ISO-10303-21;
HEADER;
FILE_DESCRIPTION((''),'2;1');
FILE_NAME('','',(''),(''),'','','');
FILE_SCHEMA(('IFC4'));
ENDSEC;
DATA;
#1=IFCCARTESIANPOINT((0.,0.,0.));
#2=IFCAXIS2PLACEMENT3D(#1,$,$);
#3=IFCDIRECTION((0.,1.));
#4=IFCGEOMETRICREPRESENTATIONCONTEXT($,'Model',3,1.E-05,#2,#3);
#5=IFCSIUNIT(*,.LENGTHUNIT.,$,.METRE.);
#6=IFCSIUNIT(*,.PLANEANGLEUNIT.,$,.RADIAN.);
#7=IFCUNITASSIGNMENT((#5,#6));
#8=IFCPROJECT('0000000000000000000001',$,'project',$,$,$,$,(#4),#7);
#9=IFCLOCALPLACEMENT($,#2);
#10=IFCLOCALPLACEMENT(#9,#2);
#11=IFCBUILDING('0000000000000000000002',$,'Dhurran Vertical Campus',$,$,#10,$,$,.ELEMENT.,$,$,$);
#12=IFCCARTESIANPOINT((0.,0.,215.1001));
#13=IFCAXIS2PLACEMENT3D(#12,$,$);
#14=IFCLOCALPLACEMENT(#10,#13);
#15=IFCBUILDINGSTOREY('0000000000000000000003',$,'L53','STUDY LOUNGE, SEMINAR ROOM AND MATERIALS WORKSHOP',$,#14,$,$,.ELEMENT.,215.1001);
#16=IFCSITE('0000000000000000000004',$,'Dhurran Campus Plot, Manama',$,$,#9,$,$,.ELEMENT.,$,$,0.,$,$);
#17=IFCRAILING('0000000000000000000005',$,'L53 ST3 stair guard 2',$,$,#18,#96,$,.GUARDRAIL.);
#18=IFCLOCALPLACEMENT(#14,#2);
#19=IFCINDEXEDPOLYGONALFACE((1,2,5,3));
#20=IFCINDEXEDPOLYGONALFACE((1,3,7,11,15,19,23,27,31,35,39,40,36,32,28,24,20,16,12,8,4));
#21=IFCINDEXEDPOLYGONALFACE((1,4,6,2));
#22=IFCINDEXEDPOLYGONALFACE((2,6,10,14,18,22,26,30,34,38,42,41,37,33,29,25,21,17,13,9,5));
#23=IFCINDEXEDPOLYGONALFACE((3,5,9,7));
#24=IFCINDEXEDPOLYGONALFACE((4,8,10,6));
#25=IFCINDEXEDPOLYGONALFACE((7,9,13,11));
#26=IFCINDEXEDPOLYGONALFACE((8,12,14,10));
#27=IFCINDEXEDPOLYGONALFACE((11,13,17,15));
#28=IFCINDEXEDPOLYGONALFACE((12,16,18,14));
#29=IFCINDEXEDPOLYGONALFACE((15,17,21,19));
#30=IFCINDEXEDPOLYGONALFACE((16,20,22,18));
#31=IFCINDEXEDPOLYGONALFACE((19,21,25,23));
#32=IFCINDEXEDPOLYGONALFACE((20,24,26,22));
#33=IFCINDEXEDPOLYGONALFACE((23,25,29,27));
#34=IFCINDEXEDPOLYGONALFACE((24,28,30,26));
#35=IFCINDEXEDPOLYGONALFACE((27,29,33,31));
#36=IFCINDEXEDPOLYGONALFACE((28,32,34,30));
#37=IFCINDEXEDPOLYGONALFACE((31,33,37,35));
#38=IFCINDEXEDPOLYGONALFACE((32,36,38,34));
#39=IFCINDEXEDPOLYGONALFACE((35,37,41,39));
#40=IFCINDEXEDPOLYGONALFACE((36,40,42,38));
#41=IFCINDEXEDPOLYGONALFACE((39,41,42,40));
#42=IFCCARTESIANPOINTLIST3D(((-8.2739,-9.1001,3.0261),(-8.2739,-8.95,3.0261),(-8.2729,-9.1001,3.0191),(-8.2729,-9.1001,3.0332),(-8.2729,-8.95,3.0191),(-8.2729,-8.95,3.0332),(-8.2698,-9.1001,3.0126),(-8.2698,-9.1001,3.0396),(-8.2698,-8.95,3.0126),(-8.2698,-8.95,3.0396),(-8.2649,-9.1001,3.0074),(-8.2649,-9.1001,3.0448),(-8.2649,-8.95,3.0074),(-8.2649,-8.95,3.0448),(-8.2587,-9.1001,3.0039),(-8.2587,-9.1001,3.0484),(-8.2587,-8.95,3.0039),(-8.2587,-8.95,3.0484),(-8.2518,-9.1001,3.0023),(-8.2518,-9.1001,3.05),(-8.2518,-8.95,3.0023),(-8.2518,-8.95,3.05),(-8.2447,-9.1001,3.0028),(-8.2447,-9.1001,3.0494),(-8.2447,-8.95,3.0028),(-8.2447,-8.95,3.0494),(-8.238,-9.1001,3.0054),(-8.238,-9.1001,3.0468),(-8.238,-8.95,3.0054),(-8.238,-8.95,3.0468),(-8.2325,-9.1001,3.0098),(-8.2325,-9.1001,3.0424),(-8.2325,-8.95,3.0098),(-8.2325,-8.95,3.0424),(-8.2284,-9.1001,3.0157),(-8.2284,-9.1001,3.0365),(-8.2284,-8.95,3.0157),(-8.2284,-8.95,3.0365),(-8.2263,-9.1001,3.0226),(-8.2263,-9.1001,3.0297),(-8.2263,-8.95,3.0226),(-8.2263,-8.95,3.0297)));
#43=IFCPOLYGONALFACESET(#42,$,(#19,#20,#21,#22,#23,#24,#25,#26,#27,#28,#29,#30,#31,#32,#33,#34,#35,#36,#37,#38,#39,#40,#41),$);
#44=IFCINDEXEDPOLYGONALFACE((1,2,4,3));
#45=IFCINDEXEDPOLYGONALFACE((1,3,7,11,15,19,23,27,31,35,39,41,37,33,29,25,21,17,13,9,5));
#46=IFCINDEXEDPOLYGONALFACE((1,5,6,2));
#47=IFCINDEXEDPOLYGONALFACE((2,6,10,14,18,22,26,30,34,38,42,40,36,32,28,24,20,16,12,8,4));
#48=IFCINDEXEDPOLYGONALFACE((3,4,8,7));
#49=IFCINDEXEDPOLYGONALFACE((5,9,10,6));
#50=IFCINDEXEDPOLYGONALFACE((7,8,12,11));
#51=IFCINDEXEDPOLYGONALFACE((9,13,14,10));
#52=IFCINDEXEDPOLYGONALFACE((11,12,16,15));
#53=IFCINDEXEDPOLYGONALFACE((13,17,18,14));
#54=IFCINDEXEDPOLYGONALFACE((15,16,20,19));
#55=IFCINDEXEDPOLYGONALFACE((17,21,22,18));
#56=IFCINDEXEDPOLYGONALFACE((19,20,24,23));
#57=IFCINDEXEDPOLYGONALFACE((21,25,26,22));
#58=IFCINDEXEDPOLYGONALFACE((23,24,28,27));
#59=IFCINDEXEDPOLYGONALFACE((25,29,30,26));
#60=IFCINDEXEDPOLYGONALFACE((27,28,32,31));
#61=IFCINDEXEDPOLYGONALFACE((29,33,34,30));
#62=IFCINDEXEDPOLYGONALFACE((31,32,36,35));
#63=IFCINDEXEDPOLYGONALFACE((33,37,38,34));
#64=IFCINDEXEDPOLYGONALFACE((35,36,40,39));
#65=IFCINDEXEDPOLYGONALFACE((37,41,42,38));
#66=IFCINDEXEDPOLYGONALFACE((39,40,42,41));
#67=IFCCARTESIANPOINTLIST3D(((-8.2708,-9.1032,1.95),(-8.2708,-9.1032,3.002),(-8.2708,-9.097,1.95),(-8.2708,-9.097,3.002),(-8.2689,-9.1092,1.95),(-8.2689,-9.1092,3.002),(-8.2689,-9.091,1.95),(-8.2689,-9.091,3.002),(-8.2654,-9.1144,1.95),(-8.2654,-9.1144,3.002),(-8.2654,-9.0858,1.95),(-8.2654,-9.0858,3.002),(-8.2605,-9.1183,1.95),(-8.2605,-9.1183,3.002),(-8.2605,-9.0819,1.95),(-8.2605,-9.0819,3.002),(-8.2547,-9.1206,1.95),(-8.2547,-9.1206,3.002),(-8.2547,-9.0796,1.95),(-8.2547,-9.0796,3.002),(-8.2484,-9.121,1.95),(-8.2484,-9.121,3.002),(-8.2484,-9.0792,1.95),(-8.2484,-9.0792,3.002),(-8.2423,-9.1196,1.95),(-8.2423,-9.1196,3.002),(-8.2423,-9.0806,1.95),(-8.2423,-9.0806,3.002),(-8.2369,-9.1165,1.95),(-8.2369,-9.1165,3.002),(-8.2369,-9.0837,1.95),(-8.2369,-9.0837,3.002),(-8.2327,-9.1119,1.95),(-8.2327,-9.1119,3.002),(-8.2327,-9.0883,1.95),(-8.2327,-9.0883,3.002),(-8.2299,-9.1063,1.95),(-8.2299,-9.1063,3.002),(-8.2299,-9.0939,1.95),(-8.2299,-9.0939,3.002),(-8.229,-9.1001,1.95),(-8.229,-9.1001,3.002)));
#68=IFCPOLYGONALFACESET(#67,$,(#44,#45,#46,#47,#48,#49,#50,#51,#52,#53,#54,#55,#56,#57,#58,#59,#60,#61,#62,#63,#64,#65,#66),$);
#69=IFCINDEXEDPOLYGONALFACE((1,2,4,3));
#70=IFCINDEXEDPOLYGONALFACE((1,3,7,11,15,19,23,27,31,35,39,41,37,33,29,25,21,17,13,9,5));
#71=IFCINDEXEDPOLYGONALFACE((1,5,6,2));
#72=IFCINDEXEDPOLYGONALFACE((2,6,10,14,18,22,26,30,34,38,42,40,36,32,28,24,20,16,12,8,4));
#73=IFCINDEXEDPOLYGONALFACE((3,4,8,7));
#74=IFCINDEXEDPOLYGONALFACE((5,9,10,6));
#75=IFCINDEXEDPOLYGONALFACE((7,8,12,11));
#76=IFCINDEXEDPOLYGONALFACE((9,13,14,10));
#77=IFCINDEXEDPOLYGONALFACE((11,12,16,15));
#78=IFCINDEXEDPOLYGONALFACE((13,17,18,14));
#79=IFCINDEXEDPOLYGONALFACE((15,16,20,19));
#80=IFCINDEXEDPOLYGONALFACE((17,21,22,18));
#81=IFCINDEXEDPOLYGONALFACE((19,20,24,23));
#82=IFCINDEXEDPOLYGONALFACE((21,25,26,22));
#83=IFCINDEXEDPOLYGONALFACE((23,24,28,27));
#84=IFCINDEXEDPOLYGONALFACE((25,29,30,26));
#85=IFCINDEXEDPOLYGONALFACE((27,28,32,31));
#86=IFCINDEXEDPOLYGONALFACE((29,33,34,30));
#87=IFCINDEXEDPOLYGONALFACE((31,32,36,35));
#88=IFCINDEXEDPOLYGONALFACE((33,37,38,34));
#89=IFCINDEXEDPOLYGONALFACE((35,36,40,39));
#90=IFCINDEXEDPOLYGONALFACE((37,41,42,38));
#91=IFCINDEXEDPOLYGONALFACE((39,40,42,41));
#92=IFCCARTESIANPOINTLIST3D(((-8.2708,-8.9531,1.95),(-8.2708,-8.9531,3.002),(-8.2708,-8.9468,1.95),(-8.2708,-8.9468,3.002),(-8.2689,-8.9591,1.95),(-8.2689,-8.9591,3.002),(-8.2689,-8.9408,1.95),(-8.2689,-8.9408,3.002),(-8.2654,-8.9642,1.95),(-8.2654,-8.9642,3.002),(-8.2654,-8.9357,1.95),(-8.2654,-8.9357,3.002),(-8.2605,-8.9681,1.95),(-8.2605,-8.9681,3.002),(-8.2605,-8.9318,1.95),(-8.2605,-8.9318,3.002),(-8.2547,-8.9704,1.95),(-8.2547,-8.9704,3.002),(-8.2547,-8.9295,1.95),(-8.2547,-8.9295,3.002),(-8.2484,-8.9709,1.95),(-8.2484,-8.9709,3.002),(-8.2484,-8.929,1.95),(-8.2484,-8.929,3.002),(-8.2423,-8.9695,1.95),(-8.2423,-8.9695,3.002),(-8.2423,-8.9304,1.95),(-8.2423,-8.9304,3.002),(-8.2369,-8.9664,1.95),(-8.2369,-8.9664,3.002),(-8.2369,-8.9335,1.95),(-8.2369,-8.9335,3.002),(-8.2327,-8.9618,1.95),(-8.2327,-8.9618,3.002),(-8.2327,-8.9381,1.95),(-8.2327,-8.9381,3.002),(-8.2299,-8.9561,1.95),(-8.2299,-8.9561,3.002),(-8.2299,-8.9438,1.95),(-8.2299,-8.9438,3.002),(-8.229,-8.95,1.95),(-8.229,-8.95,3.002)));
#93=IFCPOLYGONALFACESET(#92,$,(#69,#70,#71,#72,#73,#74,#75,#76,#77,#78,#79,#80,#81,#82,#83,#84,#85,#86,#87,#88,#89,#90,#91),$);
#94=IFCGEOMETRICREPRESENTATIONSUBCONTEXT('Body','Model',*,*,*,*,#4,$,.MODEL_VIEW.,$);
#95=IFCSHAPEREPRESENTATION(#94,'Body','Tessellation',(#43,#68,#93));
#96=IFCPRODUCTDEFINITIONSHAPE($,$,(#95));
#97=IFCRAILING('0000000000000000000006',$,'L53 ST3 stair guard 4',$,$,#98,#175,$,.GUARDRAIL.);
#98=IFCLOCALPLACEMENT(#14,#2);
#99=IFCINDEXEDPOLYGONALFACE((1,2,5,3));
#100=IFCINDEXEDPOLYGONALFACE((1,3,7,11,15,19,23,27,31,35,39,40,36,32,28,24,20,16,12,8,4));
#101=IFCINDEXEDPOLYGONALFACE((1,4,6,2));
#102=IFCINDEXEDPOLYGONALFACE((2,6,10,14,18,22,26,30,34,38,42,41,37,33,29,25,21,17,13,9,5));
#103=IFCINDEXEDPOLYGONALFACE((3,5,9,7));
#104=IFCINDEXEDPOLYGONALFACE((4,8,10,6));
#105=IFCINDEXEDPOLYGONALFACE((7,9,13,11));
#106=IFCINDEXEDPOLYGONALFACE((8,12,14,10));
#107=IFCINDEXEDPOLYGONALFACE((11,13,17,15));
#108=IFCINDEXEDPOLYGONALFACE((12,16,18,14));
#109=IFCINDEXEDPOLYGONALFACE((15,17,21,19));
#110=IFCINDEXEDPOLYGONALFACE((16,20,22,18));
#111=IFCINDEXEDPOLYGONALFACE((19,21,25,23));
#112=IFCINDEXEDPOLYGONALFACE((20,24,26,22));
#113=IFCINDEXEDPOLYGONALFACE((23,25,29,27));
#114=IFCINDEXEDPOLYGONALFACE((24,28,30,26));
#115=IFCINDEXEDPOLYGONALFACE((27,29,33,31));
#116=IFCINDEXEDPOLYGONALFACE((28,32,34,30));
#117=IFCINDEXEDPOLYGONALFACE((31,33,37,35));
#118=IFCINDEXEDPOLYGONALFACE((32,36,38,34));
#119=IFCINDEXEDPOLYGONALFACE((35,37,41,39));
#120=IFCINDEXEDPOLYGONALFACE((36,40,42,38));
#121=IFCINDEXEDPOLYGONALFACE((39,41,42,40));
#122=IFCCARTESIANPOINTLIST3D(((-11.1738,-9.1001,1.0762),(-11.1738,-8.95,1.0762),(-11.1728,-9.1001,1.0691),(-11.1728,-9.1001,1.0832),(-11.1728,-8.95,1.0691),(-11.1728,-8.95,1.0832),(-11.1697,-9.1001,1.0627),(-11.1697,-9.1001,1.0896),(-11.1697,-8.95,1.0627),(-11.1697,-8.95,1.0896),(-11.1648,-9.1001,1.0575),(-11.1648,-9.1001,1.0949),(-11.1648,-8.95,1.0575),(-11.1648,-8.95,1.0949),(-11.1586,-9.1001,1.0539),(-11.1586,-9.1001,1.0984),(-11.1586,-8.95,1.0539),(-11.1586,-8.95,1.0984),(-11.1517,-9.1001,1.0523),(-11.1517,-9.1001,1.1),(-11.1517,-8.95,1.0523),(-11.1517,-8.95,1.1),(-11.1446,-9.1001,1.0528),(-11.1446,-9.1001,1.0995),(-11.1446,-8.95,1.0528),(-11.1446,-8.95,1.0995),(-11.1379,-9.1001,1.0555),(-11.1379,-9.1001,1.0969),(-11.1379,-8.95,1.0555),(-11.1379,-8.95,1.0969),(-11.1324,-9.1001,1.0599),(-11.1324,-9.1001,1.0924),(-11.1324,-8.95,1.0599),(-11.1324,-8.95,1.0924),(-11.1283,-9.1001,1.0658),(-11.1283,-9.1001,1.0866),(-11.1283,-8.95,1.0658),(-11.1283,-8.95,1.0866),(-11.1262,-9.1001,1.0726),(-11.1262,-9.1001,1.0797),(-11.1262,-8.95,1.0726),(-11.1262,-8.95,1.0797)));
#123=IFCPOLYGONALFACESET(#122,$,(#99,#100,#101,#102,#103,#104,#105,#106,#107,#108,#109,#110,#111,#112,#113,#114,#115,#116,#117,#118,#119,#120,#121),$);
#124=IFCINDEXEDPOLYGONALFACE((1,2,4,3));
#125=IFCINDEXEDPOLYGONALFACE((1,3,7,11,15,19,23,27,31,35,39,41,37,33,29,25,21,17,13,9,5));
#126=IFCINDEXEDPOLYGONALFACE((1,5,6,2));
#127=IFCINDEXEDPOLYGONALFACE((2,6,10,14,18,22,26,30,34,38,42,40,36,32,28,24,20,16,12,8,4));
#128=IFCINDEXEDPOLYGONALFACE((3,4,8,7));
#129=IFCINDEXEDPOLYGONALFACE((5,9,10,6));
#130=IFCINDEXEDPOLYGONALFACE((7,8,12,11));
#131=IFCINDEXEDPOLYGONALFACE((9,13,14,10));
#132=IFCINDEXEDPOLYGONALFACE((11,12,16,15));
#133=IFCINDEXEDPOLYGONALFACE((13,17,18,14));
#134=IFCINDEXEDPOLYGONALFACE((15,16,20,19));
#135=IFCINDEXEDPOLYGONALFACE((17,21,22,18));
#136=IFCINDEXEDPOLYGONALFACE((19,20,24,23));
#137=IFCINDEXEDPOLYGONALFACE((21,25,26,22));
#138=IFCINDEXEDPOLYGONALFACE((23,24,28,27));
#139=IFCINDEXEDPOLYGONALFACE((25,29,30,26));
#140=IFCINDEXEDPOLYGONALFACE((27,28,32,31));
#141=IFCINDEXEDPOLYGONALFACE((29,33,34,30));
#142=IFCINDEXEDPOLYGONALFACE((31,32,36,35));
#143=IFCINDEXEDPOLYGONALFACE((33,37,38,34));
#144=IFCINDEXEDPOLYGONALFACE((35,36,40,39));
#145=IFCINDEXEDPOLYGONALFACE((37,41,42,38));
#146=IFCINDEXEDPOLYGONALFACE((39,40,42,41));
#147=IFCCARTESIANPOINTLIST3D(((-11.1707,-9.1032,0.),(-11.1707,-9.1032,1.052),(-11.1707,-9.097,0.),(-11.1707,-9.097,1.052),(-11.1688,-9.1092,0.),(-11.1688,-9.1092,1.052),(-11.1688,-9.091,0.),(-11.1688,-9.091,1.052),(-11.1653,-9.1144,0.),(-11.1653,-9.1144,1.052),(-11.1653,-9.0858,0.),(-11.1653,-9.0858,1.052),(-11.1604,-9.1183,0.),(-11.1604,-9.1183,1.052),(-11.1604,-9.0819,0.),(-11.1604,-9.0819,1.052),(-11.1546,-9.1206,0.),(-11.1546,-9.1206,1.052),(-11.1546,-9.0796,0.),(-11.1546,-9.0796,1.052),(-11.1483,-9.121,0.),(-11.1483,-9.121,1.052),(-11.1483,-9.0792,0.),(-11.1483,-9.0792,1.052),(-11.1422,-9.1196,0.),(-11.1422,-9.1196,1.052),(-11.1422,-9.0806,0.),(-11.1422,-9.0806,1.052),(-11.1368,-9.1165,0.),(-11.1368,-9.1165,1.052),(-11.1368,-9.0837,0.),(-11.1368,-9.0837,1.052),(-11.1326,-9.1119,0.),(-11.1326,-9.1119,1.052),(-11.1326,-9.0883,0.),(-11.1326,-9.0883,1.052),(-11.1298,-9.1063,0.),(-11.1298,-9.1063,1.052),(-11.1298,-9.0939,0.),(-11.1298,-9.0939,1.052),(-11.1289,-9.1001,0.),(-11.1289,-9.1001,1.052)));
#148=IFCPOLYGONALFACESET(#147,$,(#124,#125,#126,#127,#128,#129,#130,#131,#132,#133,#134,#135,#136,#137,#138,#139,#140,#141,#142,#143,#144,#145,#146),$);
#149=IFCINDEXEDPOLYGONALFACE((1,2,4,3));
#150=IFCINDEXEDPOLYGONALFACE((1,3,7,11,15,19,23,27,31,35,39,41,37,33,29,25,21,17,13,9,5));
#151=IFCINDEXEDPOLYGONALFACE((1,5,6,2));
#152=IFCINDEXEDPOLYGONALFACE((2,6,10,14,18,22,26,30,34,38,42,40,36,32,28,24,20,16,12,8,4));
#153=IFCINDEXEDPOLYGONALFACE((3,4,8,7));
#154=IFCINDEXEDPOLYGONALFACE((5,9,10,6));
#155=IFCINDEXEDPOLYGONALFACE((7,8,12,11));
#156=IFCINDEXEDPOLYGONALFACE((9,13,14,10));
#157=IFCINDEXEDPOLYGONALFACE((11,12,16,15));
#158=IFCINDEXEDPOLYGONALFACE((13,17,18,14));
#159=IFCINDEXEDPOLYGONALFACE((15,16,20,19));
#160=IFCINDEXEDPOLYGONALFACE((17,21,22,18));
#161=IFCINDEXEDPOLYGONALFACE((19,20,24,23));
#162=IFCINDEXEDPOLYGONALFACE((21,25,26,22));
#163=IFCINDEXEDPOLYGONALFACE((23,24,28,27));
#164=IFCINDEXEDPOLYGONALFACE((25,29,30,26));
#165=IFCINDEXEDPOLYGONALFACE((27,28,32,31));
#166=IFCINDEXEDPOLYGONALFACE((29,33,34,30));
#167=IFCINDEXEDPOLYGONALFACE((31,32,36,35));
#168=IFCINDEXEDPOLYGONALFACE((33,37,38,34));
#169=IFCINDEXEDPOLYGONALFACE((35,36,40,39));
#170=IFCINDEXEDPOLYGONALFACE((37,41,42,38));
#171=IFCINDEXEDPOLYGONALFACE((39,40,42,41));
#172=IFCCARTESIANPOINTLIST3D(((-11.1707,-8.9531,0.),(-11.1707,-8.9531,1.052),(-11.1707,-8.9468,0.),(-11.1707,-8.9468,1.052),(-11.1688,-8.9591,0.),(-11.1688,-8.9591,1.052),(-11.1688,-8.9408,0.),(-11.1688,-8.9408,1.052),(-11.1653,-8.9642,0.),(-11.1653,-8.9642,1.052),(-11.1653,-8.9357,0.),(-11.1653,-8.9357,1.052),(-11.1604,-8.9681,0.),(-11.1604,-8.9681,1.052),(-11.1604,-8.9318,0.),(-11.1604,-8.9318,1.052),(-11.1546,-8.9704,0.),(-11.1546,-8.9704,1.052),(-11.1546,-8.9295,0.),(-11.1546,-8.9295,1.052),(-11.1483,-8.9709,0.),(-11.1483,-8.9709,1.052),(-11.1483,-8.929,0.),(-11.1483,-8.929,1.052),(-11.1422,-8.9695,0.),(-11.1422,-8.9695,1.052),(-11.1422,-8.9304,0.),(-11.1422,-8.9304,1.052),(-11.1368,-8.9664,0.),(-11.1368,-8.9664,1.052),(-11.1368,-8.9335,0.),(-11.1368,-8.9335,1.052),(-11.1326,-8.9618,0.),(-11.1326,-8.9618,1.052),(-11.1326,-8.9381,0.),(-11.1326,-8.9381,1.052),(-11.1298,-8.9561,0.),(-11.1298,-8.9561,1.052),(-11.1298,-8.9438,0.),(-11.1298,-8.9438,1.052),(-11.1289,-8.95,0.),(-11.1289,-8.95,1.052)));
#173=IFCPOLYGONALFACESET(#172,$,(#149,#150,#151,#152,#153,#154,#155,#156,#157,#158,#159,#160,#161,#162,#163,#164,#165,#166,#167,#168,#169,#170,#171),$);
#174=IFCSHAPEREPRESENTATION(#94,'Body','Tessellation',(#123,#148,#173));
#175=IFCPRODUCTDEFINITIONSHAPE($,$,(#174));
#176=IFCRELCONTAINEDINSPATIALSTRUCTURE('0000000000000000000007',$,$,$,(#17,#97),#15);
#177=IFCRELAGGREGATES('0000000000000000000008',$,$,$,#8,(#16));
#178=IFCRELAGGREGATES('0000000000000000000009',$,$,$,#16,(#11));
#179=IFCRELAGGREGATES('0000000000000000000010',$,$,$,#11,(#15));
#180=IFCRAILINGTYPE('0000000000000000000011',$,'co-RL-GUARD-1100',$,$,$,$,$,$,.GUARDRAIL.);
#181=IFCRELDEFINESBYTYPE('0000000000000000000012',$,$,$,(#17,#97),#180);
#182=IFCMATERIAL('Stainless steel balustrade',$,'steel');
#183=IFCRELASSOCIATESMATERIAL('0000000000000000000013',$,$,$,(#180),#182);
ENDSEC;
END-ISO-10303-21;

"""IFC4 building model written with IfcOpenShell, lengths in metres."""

from ifc_helpers import new_model, si_unit, direction, frame, origin, origin_2d, place, context, subcontext, project, spatial, circle, extrude, material, type_object, element, save


model = new_model("IFC4")

# Units and contexts
model_context = context("Model", 3, precision=1e-05, world=origin(), true_north=direction((0.0, 1.0)))
body_context = subcontext(model_context, "Body", "Model", "MODEL_VIEW")
ifc_project = project(units=[si_unit("LENGTHUNIT", "METRE"), si_unit("PLANEANGLEUNIT", "RADIAN")], contexts=[model_context])

# Site, building, storey
site_placement = place(None, origin())
site = spatial("IfcSite", under=ifc_project, at=site_placement, Name="Dhurran Campus Plot, Manama", CompositionType="ELEMENT", RefElevation=0.0)
building_placement = place(site_placement, origin())
building = spatial("IfcBuilding", under=site, at=building_placement, Name="Dhurran Vertical Campus", CompositionType="ELEMENT")
storey_placement = place(building_placement, frame((0.0, 0.0, 215.1001)))
storey = spatial("IfcBuildingStorey", under=building, at=storey_placement, Name="L53", Description="STUDY LOUNGE, SEMINAR ROOM AND MATERIALS WORKSHOP", CompositionType="ELEMENT", Elevation=215.1001)

# Railings
ifc_material_1 = material(Name="Stainless steel balustrade", Category="steel")
railing_type_1 = type_object("IfcRailingType", Name="co-RL-GUARD-1100", PredefinedType="GUARDRAIL", material=ifc_material_1)
for number, where, name in (
    (1, (-8.25, -9.1001, 1.95), "L53 ST3 stair guard 2"),
    (2, (-11.1499, -9.1001, 0.0), "L53 ST3 stair guard 4"),
):
    element("IfcRailing", number, at=place(storey_placement, frame(where)), inside=storey, type_object=railing_type_1, Name=name, PredefinedType="GUARDRAIL", context=body_context, shape_type="SweptSolid", body=[
        extrude(circle(Radius=0.0239, at=origin_2d()), frame((0.0, 0.0, 1.0762), z_axis=(0.0, 1.0, 0.0), x_axis=(-1.0, 0.0, 0.0)), (0.0, 0.0, 1.0), 0.1501),
        extrude(circle(Radius=0.021, at=origin_2d()), origin(), (0.0, 0.0, 1.0), 1.052),
        extrude(circle(Radius=0.021, at=origin_2d()), frame((0.0, 0.1501, 0.0)), (0.0, 0.0, 1.0), 1.052),
    ])

save(model, "model.ifc")
